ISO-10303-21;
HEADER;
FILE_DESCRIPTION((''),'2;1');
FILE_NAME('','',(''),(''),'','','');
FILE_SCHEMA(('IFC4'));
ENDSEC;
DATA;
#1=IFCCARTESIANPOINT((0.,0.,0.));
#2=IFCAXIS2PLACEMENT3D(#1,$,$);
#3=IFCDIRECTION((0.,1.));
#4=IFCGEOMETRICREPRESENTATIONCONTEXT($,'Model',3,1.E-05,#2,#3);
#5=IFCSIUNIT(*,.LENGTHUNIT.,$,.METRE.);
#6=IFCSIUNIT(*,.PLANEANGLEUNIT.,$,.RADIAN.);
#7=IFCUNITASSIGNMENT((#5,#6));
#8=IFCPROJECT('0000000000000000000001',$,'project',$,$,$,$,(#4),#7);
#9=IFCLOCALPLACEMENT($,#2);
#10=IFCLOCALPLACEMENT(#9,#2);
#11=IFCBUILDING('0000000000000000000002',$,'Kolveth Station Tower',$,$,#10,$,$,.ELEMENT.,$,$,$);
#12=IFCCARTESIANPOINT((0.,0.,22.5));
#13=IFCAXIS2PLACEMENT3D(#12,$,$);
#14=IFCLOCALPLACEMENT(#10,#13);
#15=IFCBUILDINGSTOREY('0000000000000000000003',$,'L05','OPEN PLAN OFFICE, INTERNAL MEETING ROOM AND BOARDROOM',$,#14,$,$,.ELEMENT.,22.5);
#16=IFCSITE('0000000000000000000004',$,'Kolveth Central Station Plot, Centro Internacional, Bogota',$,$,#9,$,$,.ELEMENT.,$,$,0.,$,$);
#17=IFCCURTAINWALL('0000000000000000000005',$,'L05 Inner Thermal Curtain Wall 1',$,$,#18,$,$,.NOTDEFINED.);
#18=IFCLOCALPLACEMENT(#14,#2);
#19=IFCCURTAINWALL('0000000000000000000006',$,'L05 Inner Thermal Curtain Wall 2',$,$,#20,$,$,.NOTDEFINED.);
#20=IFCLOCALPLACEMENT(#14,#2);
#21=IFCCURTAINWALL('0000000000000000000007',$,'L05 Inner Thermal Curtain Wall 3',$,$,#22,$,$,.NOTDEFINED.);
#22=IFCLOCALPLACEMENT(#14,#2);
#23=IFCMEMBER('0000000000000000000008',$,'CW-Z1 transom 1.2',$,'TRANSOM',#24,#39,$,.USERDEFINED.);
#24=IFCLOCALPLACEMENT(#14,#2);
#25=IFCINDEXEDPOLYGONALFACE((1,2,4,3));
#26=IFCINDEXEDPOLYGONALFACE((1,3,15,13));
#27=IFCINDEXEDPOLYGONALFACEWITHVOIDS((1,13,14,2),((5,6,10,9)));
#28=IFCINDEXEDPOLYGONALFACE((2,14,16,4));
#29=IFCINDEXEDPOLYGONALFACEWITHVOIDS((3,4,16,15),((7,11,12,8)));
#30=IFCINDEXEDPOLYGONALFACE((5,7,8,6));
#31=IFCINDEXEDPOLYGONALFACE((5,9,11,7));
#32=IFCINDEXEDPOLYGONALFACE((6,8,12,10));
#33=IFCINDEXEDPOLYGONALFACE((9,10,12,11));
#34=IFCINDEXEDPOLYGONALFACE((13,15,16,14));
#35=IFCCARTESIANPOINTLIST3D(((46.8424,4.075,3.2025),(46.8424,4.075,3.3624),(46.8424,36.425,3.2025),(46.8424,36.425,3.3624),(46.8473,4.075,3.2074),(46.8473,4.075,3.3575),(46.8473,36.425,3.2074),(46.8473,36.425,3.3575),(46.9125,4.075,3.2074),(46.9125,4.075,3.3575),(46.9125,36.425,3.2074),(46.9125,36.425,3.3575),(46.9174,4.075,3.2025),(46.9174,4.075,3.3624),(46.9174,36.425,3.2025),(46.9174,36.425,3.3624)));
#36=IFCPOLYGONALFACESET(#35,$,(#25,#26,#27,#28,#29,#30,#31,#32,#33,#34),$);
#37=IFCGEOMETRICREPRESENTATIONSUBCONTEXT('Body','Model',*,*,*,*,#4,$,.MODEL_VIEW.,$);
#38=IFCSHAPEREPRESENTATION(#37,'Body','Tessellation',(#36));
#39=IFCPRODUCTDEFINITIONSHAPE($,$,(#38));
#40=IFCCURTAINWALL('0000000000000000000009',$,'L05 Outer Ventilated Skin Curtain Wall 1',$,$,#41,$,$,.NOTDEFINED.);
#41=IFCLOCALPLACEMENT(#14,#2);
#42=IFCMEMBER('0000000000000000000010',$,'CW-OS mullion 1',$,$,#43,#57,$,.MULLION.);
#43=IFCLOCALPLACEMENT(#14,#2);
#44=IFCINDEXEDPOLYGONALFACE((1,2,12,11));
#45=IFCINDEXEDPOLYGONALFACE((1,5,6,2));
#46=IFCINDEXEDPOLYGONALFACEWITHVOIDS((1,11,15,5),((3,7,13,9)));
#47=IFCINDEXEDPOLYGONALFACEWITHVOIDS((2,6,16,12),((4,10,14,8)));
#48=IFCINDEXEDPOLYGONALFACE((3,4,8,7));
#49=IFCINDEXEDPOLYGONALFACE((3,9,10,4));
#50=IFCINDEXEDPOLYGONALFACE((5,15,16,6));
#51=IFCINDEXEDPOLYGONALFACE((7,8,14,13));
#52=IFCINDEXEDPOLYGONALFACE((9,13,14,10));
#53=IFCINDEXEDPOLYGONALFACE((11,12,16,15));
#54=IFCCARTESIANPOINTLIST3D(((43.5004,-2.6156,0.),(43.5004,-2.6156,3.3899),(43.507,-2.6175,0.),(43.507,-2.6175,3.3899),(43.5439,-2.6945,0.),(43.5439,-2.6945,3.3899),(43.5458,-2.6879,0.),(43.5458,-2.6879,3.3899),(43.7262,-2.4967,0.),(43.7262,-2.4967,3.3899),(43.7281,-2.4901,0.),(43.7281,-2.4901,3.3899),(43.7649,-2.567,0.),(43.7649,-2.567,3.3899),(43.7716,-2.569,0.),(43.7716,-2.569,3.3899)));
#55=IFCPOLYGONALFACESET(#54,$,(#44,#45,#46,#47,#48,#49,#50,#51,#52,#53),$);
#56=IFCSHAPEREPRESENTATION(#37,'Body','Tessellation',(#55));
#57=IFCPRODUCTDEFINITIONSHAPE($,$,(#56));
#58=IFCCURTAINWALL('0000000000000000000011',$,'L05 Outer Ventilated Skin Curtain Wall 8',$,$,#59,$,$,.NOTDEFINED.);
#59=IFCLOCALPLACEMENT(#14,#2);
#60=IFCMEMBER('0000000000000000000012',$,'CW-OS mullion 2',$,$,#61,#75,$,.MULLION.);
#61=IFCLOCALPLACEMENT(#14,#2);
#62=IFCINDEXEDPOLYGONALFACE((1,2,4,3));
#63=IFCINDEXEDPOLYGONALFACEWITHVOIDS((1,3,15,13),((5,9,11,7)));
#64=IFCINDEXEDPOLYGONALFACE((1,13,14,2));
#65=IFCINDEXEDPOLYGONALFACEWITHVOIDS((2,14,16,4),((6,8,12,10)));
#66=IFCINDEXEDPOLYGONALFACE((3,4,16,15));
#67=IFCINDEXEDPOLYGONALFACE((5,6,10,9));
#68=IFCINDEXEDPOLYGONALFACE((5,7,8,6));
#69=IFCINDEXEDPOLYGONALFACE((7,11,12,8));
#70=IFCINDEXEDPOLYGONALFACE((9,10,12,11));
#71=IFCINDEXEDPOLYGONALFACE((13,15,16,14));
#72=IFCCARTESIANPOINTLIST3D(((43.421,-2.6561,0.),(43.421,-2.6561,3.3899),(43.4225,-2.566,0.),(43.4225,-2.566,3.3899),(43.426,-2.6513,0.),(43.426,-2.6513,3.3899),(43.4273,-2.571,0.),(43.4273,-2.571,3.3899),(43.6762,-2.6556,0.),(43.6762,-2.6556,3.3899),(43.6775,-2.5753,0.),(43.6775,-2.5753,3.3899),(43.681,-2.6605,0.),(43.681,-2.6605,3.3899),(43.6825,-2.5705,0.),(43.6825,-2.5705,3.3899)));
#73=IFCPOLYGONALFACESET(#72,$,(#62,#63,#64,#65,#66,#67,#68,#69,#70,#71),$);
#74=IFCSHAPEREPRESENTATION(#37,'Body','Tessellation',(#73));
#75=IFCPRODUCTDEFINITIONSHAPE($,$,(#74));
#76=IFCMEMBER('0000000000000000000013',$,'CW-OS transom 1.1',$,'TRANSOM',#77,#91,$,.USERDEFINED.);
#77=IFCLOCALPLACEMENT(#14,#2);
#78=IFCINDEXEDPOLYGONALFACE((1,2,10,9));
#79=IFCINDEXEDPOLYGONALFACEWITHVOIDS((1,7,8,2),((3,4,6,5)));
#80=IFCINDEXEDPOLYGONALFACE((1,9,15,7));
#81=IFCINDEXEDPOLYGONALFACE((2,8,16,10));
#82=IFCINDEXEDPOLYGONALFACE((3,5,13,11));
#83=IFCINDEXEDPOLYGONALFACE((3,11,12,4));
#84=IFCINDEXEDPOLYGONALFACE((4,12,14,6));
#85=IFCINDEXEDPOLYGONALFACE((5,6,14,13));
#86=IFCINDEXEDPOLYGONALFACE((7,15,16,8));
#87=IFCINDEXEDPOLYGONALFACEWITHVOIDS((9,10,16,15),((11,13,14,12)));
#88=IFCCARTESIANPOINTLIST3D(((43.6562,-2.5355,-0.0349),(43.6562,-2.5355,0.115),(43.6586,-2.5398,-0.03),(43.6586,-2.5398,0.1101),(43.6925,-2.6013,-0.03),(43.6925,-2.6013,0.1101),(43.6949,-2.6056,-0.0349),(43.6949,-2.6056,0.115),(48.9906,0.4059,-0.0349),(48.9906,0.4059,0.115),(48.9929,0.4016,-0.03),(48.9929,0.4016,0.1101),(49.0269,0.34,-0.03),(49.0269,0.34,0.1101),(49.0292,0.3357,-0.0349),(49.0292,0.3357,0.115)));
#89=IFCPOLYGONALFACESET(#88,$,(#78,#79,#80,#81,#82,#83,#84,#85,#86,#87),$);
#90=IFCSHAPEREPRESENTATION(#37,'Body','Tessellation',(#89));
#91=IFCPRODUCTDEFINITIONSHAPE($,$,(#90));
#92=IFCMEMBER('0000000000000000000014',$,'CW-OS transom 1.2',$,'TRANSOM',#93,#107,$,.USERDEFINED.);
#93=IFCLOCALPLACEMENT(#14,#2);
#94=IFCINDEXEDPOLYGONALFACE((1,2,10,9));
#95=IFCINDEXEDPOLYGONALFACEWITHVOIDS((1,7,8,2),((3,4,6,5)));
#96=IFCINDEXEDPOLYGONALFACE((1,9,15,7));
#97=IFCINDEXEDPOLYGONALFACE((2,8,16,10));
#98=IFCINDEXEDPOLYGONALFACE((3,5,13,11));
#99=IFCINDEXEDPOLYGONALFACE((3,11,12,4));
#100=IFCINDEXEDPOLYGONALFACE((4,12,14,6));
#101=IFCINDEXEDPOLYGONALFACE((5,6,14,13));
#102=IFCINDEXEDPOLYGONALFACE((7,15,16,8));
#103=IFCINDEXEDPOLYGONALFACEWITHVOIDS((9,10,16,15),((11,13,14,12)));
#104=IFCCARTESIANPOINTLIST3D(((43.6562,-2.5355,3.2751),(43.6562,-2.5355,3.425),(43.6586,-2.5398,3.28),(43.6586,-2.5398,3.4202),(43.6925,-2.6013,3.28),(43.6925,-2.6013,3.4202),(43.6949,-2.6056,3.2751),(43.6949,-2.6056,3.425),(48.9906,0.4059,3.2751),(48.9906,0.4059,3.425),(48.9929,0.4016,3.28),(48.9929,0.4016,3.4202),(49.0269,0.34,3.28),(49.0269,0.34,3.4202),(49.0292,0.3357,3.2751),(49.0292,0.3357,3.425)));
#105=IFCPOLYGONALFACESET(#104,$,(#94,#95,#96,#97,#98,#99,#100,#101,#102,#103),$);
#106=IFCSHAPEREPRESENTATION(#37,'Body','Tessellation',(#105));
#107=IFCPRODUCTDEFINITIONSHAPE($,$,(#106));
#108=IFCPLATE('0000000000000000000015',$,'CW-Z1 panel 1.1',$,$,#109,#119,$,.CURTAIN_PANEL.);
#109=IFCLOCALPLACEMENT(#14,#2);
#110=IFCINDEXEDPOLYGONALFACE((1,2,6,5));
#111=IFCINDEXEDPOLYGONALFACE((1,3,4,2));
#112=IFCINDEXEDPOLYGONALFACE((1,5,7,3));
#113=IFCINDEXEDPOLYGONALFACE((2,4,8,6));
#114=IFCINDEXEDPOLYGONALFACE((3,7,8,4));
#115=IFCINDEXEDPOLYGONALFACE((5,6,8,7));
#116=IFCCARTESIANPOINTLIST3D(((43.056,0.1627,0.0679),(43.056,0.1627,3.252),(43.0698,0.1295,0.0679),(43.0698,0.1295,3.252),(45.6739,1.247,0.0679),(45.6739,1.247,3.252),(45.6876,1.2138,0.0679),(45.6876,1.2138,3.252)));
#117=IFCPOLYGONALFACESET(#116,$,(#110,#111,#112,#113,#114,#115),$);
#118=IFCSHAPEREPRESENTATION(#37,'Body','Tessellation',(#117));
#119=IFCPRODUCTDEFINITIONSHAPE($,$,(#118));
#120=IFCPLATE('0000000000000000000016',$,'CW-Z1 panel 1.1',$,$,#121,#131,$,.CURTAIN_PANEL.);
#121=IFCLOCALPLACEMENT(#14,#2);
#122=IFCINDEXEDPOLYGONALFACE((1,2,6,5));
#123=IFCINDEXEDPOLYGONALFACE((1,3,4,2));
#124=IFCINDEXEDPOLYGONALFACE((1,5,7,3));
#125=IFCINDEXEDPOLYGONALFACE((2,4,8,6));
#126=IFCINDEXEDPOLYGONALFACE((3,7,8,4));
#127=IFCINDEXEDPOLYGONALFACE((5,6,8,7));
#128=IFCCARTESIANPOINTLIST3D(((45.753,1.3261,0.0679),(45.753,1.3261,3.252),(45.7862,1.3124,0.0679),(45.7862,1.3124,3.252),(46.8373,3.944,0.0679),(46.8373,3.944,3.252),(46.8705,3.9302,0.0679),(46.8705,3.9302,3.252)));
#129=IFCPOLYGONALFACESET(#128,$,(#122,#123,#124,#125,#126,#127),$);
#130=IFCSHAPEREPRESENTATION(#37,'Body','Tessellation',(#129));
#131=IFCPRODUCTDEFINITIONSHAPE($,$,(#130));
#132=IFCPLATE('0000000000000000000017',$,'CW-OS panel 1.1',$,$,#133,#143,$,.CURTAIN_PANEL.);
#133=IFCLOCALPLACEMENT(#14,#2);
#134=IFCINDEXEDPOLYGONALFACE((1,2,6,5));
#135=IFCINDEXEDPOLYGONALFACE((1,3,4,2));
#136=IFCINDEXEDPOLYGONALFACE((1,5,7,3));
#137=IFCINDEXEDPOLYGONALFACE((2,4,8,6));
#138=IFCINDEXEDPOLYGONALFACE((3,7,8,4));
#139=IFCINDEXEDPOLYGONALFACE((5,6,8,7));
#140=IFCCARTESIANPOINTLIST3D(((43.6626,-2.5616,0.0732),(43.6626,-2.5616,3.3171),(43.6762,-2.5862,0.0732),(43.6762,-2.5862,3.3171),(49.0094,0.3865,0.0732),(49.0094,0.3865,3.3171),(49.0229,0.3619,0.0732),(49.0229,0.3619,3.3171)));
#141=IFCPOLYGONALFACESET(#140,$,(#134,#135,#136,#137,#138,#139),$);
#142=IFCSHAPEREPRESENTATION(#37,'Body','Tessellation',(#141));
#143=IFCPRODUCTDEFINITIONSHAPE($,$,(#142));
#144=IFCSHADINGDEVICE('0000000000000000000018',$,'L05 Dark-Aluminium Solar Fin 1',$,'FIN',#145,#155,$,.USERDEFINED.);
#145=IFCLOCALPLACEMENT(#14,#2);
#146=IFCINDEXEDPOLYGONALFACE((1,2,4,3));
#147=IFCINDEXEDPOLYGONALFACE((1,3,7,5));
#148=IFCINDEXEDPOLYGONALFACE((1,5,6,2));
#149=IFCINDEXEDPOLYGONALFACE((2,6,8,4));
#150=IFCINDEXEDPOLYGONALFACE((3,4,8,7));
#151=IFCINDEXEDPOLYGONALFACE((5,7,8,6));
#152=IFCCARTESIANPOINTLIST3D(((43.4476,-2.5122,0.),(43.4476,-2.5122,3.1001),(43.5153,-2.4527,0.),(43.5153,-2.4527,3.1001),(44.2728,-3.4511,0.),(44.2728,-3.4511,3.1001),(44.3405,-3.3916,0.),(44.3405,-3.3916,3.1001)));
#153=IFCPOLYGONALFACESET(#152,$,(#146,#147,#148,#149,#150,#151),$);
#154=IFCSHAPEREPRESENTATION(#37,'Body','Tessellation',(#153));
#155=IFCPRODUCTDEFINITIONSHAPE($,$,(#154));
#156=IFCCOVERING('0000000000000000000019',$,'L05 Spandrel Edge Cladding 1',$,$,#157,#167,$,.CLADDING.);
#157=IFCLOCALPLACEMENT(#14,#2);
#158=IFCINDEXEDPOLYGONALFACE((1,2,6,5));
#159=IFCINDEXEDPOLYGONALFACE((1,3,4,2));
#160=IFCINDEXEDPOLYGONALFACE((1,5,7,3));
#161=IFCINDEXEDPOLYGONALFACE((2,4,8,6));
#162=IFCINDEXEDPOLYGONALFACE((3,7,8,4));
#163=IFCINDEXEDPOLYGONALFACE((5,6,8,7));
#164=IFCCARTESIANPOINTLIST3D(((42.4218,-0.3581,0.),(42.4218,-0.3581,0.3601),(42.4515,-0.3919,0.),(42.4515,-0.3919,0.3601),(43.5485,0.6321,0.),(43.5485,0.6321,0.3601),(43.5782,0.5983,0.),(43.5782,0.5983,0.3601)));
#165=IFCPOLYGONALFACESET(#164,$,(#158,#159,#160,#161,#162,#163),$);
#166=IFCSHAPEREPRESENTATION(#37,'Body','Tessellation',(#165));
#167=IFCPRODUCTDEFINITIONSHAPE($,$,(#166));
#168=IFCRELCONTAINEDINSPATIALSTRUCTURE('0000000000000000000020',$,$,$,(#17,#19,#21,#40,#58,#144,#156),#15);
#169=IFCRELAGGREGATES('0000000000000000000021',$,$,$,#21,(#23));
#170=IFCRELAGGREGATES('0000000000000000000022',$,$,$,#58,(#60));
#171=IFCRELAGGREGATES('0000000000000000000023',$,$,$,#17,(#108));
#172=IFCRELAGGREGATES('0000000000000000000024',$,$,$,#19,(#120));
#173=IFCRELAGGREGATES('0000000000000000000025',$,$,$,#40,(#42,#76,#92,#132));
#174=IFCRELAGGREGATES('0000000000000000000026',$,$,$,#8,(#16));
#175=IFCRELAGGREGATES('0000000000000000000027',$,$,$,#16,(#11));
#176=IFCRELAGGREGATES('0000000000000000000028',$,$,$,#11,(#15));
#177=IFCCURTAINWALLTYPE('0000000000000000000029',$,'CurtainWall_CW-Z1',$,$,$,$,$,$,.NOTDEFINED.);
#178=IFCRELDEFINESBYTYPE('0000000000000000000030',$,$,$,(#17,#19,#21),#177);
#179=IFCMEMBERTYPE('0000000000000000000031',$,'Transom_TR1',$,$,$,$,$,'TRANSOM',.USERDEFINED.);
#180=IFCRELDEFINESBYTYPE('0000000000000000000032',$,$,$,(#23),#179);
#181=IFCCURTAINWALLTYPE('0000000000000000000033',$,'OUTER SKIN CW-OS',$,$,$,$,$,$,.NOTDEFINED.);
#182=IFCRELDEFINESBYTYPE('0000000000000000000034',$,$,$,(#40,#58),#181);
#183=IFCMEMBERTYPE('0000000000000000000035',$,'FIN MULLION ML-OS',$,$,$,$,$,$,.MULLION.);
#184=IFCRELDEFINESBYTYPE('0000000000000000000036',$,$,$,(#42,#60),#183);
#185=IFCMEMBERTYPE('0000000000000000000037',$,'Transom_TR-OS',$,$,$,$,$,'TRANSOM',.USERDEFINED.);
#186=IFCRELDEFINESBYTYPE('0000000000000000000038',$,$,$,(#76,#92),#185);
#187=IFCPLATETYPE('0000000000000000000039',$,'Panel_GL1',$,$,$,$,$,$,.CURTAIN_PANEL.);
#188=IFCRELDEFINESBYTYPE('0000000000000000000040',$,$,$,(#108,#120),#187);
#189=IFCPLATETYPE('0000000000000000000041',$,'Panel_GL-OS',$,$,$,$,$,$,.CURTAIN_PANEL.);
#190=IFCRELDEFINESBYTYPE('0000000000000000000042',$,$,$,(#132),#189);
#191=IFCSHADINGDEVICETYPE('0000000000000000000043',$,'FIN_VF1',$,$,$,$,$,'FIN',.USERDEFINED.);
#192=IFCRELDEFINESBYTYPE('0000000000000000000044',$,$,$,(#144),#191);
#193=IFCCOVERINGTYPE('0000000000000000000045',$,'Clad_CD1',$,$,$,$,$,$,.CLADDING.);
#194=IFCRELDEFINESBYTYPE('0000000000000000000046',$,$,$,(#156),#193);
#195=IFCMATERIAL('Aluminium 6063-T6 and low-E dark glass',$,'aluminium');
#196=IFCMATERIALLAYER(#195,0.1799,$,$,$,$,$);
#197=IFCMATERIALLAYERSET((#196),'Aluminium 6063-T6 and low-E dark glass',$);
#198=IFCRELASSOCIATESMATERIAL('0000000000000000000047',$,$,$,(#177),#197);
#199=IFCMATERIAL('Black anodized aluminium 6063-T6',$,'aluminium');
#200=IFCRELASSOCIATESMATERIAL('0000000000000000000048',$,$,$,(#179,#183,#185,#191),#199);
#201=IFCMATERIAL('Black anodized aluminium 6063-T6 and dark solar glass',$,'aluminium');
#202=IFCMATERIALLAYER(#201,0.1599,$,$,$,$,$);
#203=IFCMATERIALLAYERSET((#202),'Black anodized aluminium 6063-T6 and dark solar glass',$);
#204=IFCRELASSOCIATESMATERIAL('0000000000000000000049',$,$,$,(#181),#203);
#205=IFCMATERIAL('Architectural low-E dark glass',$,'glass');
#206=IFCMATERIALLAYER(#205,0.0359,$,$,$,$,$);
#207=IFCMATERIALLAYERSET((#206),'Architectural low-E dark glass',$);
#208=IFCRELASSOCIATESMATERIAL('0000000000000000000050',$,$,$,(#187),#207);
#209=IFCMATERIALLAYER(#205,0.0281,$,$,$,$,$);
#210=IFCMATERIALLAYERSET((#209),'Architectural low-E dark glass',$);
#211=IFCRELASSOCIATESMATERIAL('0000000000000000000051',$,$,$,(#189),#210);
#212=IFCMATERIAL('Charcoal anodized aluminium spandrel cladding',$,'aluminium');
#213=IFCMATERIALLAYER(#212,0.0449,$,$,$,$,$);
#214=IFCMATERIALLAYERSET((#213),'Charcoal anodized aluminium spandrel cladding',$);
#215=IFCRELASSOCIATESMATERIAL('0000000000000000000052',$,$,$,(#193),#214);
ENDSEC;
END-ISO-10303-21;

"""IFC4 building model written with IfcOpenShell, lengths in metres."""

from ifc_helpers import new_model, si_unit, direction, frame, origin, origin_2d, place, context, subcontext, project, spatial, rectangle, hollow_rectangle, extrude, source, transform, mapped, material, layer, layer_set, material_profile, profile_set, type_object, element, aggregate, save


model = new_model("IFC4")

# Units and contexts
model_context = context("Model", 3, precision=1e-05, world=origin(), true_north=direction((0.0, 1.0)))
body_context = subcontext(model_context, "Body", "Model", "MODEL_VIEW")
ifc_project = project(units=[si_unit("LENGTHUNIT", "METRE"), si_unit("PLANEANGLEUNIT", "RADIAN")], contexts=[model_context])

# Site, building, storey
site_placement = place(None, origin())
site = spatial("IfcSite", under=ifc_project, at=site_placement, Name="Kolveth Central Station Plot, Centro Internacional, Bogota", CompositionType="ELEMENT", RefElevation=0.0)
building_placement = place(site_placement, origin())
building = spatial("IfcBuilding", under=site, at=building_placement, Name="Kolveth Station Tower", CompositionType="ELEMENT")
storey_placement = place(building_placement, frame((0.0, 0.0, 22.5)))
storey = spatial("IfcBuildingStorey", under=building, at=storey_placement, Name="L05", Description="OPEN PLAN OFFICE, INTERNAL MEETING ROOM AND BOARDROOM", CompositionType="ELEMENT", Elevation=22.5)

# Curtain walls
ifc_material_1 = material(Name="Aluminium 6063-T6 and low-E dark glass", Category="aluminium")
ifc_layer_1 = layer(ifc_material_1, 0.1799)
ifc_layer_set_1 = layer_set([ifc_layer_1], Name="Aluminium 6063-T6 and low-E dark glass")
curtain_wall_type_1 = type_object("IfcCurtainWallType", Name="CurtainWall_CW-Z1", PredefinedType="NOTDEFINED", material=ifc_layer_set_1)
curtain_wall_1_placement = place(storey_placement, origin())
curtain_wall_1 = element("IfcCurtainWall", 1, at=curtain_wall_1_placement, inside=storey, type_object=curtain_wall_type_1, Name="L05 Inner Thermal Curtain Wall 1", PredefinedType="NOTDEFINED")
ifc_material_2 = material(Name="Black anodized aluminium 6063-T6", Category="aluminium")
curtain_wall_2_placement = place(storey_placement, origin())
curtain_wall_2 = element("IfcCurtainWall", 2, at=curtain_wall_2_placement, inside=storey, type_object=curtain_wall_type_1, Name="L05 Inner Thermal Curtain Wall 2", PredefinedType="NOTDEFINED")

# Curtain wall
curtain_wall_3_placement = place(storey_placement, origin())
curtain_wall_3 = element("IfcCurtainWall", 3, at=curtain_wall_3_placement, inside=storey, type_object=curtain_wall_type_1, Name="L05 Inner Thermal Curtain Wall 3", PredefinedType="NOTDEFINED")

# Member
ifc_material_profile_1 = material_profile(ifc_material_2, hollow_rectangle(XDim=0.075, YDim=0.1599, WallThickness=0.0049, at=origin_2d()), Name="ALU-75x160x5")
ifc_profile_set_1 = profile_set([ifc_material_profile_1], Name="Black anodized aluminium 6063-T6")
member_type_1 = type_object("IfcMemberType", Name="Transom_TR1", ElementType="TRANSOM", PredefinedType="USERDEFINED", material=ifc_profile_set_1)
shared_shape_1 = source(origin(), body_context, "Body", "SweptSolid", [
    extrude(hollow_rectangle(XDim=0.075, YDim=0.1599, WallThickness=0.0049, at=origin_2d()), origin(), (0.0, 0.0, 1.0), 32.3501),
])
member_1_placement = place(storey_placement, frame((46.8799, 4.075, 3.2825), z_axis=(0.0, 1.0, 0.0), x_axis=(-1.0, 0.0, 0.0)))
member_1 = element("IfcMember", 4, at=member_1_placement, type_object=member_type_1, Name="CW-Z1 transom 1.2", ObjectType="TRANSOM", PredefinedType="USERDEFINED", context=body_context, shape_type="MappedRepresentation", body=[
    mapped(shared_shape_1, transform((0.0, 0.0, 0.0), x_axis=(1.0, 0.0, 0.0), y_axis=(0.0, 1.0, 0.0), z_axis=(0.0, 0.0, 1.0), scale=1.0)),
])
aggregate(curtain_wall_3, [member_1])

# Curtain walls, members
ifc_material_3 = material(Name="Black anodized aluminium 6063-T6 and dark solar glass", Category="aluminium")
ifc_layer_2 = layer(ifc_material_3, 0.1599)
ifc_layer_set_2 = layer_set([ifc_layer_2], Name="Black anodized aluminium 6063-T6 and dark solar glass")
curtain_wall_type_2 = type_object("IfcCurtainWallType", Name="OUTER SKIN CW-OS", PredefinedType="NOTDEFINED", material=ifc_layer_set_2)
curtain_wall_4_placement = place(storey_placement, origin())
curtain_wall_4 = element("IfcCurtainWall", 5, at=curtain_wall_4_placement, inside=storey, type_object=curtain_wall_type_2, Name="L05 Outer Ventilated Skin Curtain Wall 1", PredefinedType="NOTDEFINED")
ifc_material_profile_2 = material_profile(ifc_material_2, hollow_rectangle(XDim=0.0901, YDim=0.26, WallThickness=0.0049, at=origin_2d()), Name="ALU-90x260x5")
ifc_profile_set_2 = profile_set([ifc_material_profile_2], Name="Black anodized aluminium 6063-T6")
member_type_2 = type_object("IfcMemberType", Name="FIN MULLION ML-OS", PredefinedType="MULLION", material=ifc_profile_set_2)
shared_shape_2 = source(origin(), body_context, "Body", "SweptSolid", [
    extrude(hollow_rectangle(XDim=0.0901, YDim=0.26, WallThickness=0.0049, at=origin_2d()), origin(), (0.0, 0.0, 1.0), 3.3899),
])
member_2_placement = place(storey_placement, frame((43.636, -2.5923, 0.0), z_axis=(0.0, 0.0, 1.0), x_axis=(-0.482854, 0.875701, 0.0)))
member_2 = element("IfcMember", 6, at=member_2_placement, type_object=member_type_2, Name="CW-OS mullion 1", PredefinedType="MULLION", context=body_context, shape_type="MappedRepresentation", body=[
    mapped(shared_shape_2, transform((0.0, 0.0, 0.0), x_axis=(1.0, 0.0, 0.0), y_axis=(0.0, 1.0, 0.0), z_axis=(0.0, 0.0, 1.0), scale=1.0)),
])
curtain_wall_5_placement = place(storey_placement, origin())
curtain_wall_5 = element("IfcCurtainWall", 7, at=curtain_wall_5_placement, inside=storey, type_object=curtain_wall_type_2, Name="L05 Outer Ventilated Skin Curtain Wall 8", PredefinedType="NOTDEFINED")
member_3_placement = place(storey_placement, frame((43.5518, -2.6133, 0.0), z_axis=(0.0, 0.0, 1.0), x_axis=(0.016995, 0.999856, 0.0)))
member_3 = element("IfcMember", 8, at=member_3_placement, type_object=member_type_2, Name="CW-OS mullion 2", PredefinedType="MULLION", context=body_context, shape_type="MappedRepresentation", body=[
    mapped(shared_shape_2, transform((0.0, 0.0, 0.0), x_axis=(1.0, 0.0, 0.0), y_axis=(0.0, 1.0, 0.0), z_axis=(0.0, 0.0, 1.0), scale=1.0)),
])
aggregate(curtain_wall_5, [member_3])

# Members
ifc_material_profile_3 = material_profile(ifc_material_2, hollow_rectangle(XDim=0.0801, YDim=0.1499, WallThickness=0.0049, at=origin_2d()), Name="ALU-80x150x5")
ifc_profile_set_3 = profile_set([ifc_material_profile_3], Name="Black anodized aluminium 6063-T6")
member_type_3 = type_object("IfcMemberType", Name="Transom_TR-OS", ElementType="TRANSOM", PredefinedType="USERDEFINED", material=ifc_profile_set_3)
shared_shape_3 = source(origin(), body_context, "Body", "SweptSolid", [
    extrude(hollow_rectangle(XDim=0.0801, YDim=0.1499, WallThickness=0.0049, at=origin_2d()), origin(), (0.0, 0.0, 1.0), 6.0916),
])
member_4_placement = place(storey_placement, frame((43.6755, -2.5706, 0.04), z_axis=(0.875699, 0.482857, 0.0), x_axis=(-0.482857, 0.875699, 0.0)))
member_4 = element("IfcMember", 9, at=member_4_placement, type_object=member_type_3, Name="CW-OS transom 1.1", ObjectType="TRANSOM", PredefinedType="USERDEFINED", context=body_context, shape_type="MappedRepresentation", body=[
    mapped(shared_shape_3, transform((0.0, 0.0, 0.0), x_axis=(1.0, 0.0, 0.0), y_axis=(0.0, 1.0, 0.0), z_axis=(0.0, 0.0, 1.0), scale=1.0)),
])
member_5_placement = place(storey_placement, frame((43.6755, -2.5706, 3.3501), z_axis=(0.875699, 0.482857, 0.0), x_axis=(-0.482857, 0.875699, 0.0)))
member_5 = element("IfcMember", 10, at=member_5_placement, type_object=member_type_3, Name="CW-OS transom 1.2", ObjectType="TRANSOM", PredefinedType="USERDEFINED", context=body_context, shape_type="MappedRepresentation", body=[
    mapped(shared_shape_3, transform((0.0, 0.0, 0.0), x_axis=(1.0, 0.0, 0.0), y_axis=(0.0, 1.0, 0.0), z_axis=(0.0, 0.0, 1.0), scale=1.0)),
])

# Plates
ifc_material_4 = material(Name="Architectural low-E dark glass", Category="glass")
ifc_layer_3 = layer(ifc_material_4, 0.0359)
ifc_layer_set_3 = layer_set([ifc_layer_3], Name="Architectural low-E dark glass")
plate_type_1 = type_object("IfcPlateType", Name="Panel_GL1", PredefinedType="CURTAIN_PANEL", material=ifc_layer_set_3)
shared_shape_4 = source(origin(), body_context, "Body", "SweptSolid", [
    extrude(rectangle(XDim=2.8335, YDim=0.0359, at=origin_2d()), origin(), (0.0, 0.0, 1.0), 3.1841),
])
plate_1_placement = place(storey_placement, frame((44.3718, 0.6882, 0.0679), z_axis=(0.0, 0.0, 1.0), x_axis=(0.923884, 0.382673, 0.0)))
plate_1 = element("IfcPlate", 11, at=plate_1_placement, type_object=plate_type_1, Name="CW-Z1 panel 1.1", PredefinedType="CURTAIN_PANEL", context=body_context, shape_type="MappedRepresentation", body=[
    mapped(shared_shape_4, transform((0.0, 0.0, 0.0), x_axis=(1.0, 0.0, 0.0), y_axis=(0.0, 1.0, 0.0), z_axis=(0.0, 0.0, 1.0), scale=1.0)),
])
aggregate(curtain_wall_1, [plate_1])
plate_2_placement = place(storey_placement, frame((46.3118, 2.6282, 0.0679), z_axis=(0.0, 0.0, 1.0), x_axis=(0.382673, 0.923884, 0.0)))
plate_2 = element("IfcPlate", 12, at=plate_2_placement, type_object=plate_type_1, Name="CW-Z1 panel 1.1", PredefinedType="CURTAIN_PANEL", context=body_context, shape_type="MappedRepresentation", body=[
    mapped(shared_shape_4, transform((0.0, 0.0, 0.0), x_axis=(1.0, 0.0, 0.0), y_axis=(0.0, 1.0, 0.0), z_axis=(0.0, 0.0, 1.0), scale=1.0)),
])
aggregate(curtain_wall_2, [plate_2])
ifc_layer_4 = layer(ifc_material_4, 0.0281)
ifc_layer_set_4 = layer_set([ifc_layer_4], Name="Architectural low-E dark glass")
plate_type_2 = type_object("IfcPlateType", Name="Panel_GL-OS", PredefinedType="CURTAIN_PANEL", material=ifc_layer_set_4)
shared_shape_5 = source(origin(), body_context, "Body", "SweptSolid", [
    extrude(rectangle(XDim=6.1057, YDim=0.0281, at=origin_2d()), origin(), (0.0, 0.0, 1.0), 3.2439),
])
plate_3_placement = place(storey_placement, frame((46.3428, -1.0999, 0.0732), z_axis=(0.0, 0.0, 1.0), x_axis=(0.875701, 0.482854, 0.0)))
plate_3 = element("IfcPlate", 13, at=plate_3_placement, type_object=plate_type_2, Name="CW-OS panel 1.1", PredefinedType="CURTAIN_PANEL", context=body_context, shape_type="MappedRepresentation", body=[
    mapped(shared_shape_5, transform((0.0, 0.0, 0.0), x_axis=(1.0, 0.0, 0.0), y_axis=(0.0, 1.0, 0.0), z_axis=(0.0, 0.0, 1.0), scale=1.0)),
])
aggregate(curtain_wall_4, [member_2, member_4, member_5, plate_3])

# Shading device
shading_device_type = type_object("IfcShadingDeviceType", Name="FIN_VF1", ElementType="FIN", PredefinedType="USERDEFINED", material=ifc_material_2)
shared_shape_6 = source(origin(), body_context, "Body", "SweptSolid", [
    extrude(rectangle(XDim=1.25, YDim=0.0901, at=origin_2d()), origin(), (0.0, 0.0, 1.0), 3.1001),
])
shading_device_placement = place(storey_placement, frame((43.894, -2.9519, 0.0), z_axis=(0.0, 0.0, 1.0), x_axis=(0.660133, -0.751149, 0.0)))
element("IfcShadingDevice", 14, at=shading_device_placement, inside=storey, type_object=shading_device_type, Name="L05 Dark-Aluminium Solar Fin 1", ObjectType="FIN", PredefinedType="USERDEFINED", context=body_context, shape_type="MappedRepresentation", body=[
    mapped(shared_shape_6, transform((0.0, 0.0, 0.0), x_axis=(1.0, 0.0, 0.0), y_axis=(0.0, 1.0, 0.0), z_axis=(0.0, 0.0, 1.0), scale=1.0)),
])

# Covering
ifc_material_5 = material(Name="Charcoal anodized aluminium spandrel cladding", Category="aluminium")
ifc_layer_5 = layer(ifc_material_5, 0.0449)
ifc_layer_set_5 = layer_set([ifc_layer_5], Name="Charcoal anodized aluminium spandrel cladding")
covering_type = type_object("IfcCoveringType", Name="Clad_CD1", PredefinedType="CLADDING", material=ifc_layer_set_5)
shared_shape_7 = source(origin(), body_context, "Body", "SweptSolid", [
    extrude(rectangle(XDim=1.5, YDim=0.0449, at=origin_2d()), origin(), (0.0, 0.0, 1.0), 0.3601),
])
covering_placement = place(storey_placement, frame((43.0, 0.1201, 0.0), z_axis=(0.0, 0.0, 1.0), x_axis=(0.751149, 0.660133, 0.0)))
element("IfcCovering", 15, at=covering_placement, inside=storey, type_object=covering_type, Name="L05 Spandrel Edge Cladding 1", PredefinedType="CLADDING", context=body_context, shape_type="MappedRepresentation", body=[
    mapped(shared_shape_7, transform((0.0, 0.0, 0.0), x_axis=(1.0, 0.0, 0.0), y_axis=(0.0, 1.0, 0.0), z_axis=(0.0, 0.0, 1.0), scale=1.0)),
])

save(model, "model.ifc")
